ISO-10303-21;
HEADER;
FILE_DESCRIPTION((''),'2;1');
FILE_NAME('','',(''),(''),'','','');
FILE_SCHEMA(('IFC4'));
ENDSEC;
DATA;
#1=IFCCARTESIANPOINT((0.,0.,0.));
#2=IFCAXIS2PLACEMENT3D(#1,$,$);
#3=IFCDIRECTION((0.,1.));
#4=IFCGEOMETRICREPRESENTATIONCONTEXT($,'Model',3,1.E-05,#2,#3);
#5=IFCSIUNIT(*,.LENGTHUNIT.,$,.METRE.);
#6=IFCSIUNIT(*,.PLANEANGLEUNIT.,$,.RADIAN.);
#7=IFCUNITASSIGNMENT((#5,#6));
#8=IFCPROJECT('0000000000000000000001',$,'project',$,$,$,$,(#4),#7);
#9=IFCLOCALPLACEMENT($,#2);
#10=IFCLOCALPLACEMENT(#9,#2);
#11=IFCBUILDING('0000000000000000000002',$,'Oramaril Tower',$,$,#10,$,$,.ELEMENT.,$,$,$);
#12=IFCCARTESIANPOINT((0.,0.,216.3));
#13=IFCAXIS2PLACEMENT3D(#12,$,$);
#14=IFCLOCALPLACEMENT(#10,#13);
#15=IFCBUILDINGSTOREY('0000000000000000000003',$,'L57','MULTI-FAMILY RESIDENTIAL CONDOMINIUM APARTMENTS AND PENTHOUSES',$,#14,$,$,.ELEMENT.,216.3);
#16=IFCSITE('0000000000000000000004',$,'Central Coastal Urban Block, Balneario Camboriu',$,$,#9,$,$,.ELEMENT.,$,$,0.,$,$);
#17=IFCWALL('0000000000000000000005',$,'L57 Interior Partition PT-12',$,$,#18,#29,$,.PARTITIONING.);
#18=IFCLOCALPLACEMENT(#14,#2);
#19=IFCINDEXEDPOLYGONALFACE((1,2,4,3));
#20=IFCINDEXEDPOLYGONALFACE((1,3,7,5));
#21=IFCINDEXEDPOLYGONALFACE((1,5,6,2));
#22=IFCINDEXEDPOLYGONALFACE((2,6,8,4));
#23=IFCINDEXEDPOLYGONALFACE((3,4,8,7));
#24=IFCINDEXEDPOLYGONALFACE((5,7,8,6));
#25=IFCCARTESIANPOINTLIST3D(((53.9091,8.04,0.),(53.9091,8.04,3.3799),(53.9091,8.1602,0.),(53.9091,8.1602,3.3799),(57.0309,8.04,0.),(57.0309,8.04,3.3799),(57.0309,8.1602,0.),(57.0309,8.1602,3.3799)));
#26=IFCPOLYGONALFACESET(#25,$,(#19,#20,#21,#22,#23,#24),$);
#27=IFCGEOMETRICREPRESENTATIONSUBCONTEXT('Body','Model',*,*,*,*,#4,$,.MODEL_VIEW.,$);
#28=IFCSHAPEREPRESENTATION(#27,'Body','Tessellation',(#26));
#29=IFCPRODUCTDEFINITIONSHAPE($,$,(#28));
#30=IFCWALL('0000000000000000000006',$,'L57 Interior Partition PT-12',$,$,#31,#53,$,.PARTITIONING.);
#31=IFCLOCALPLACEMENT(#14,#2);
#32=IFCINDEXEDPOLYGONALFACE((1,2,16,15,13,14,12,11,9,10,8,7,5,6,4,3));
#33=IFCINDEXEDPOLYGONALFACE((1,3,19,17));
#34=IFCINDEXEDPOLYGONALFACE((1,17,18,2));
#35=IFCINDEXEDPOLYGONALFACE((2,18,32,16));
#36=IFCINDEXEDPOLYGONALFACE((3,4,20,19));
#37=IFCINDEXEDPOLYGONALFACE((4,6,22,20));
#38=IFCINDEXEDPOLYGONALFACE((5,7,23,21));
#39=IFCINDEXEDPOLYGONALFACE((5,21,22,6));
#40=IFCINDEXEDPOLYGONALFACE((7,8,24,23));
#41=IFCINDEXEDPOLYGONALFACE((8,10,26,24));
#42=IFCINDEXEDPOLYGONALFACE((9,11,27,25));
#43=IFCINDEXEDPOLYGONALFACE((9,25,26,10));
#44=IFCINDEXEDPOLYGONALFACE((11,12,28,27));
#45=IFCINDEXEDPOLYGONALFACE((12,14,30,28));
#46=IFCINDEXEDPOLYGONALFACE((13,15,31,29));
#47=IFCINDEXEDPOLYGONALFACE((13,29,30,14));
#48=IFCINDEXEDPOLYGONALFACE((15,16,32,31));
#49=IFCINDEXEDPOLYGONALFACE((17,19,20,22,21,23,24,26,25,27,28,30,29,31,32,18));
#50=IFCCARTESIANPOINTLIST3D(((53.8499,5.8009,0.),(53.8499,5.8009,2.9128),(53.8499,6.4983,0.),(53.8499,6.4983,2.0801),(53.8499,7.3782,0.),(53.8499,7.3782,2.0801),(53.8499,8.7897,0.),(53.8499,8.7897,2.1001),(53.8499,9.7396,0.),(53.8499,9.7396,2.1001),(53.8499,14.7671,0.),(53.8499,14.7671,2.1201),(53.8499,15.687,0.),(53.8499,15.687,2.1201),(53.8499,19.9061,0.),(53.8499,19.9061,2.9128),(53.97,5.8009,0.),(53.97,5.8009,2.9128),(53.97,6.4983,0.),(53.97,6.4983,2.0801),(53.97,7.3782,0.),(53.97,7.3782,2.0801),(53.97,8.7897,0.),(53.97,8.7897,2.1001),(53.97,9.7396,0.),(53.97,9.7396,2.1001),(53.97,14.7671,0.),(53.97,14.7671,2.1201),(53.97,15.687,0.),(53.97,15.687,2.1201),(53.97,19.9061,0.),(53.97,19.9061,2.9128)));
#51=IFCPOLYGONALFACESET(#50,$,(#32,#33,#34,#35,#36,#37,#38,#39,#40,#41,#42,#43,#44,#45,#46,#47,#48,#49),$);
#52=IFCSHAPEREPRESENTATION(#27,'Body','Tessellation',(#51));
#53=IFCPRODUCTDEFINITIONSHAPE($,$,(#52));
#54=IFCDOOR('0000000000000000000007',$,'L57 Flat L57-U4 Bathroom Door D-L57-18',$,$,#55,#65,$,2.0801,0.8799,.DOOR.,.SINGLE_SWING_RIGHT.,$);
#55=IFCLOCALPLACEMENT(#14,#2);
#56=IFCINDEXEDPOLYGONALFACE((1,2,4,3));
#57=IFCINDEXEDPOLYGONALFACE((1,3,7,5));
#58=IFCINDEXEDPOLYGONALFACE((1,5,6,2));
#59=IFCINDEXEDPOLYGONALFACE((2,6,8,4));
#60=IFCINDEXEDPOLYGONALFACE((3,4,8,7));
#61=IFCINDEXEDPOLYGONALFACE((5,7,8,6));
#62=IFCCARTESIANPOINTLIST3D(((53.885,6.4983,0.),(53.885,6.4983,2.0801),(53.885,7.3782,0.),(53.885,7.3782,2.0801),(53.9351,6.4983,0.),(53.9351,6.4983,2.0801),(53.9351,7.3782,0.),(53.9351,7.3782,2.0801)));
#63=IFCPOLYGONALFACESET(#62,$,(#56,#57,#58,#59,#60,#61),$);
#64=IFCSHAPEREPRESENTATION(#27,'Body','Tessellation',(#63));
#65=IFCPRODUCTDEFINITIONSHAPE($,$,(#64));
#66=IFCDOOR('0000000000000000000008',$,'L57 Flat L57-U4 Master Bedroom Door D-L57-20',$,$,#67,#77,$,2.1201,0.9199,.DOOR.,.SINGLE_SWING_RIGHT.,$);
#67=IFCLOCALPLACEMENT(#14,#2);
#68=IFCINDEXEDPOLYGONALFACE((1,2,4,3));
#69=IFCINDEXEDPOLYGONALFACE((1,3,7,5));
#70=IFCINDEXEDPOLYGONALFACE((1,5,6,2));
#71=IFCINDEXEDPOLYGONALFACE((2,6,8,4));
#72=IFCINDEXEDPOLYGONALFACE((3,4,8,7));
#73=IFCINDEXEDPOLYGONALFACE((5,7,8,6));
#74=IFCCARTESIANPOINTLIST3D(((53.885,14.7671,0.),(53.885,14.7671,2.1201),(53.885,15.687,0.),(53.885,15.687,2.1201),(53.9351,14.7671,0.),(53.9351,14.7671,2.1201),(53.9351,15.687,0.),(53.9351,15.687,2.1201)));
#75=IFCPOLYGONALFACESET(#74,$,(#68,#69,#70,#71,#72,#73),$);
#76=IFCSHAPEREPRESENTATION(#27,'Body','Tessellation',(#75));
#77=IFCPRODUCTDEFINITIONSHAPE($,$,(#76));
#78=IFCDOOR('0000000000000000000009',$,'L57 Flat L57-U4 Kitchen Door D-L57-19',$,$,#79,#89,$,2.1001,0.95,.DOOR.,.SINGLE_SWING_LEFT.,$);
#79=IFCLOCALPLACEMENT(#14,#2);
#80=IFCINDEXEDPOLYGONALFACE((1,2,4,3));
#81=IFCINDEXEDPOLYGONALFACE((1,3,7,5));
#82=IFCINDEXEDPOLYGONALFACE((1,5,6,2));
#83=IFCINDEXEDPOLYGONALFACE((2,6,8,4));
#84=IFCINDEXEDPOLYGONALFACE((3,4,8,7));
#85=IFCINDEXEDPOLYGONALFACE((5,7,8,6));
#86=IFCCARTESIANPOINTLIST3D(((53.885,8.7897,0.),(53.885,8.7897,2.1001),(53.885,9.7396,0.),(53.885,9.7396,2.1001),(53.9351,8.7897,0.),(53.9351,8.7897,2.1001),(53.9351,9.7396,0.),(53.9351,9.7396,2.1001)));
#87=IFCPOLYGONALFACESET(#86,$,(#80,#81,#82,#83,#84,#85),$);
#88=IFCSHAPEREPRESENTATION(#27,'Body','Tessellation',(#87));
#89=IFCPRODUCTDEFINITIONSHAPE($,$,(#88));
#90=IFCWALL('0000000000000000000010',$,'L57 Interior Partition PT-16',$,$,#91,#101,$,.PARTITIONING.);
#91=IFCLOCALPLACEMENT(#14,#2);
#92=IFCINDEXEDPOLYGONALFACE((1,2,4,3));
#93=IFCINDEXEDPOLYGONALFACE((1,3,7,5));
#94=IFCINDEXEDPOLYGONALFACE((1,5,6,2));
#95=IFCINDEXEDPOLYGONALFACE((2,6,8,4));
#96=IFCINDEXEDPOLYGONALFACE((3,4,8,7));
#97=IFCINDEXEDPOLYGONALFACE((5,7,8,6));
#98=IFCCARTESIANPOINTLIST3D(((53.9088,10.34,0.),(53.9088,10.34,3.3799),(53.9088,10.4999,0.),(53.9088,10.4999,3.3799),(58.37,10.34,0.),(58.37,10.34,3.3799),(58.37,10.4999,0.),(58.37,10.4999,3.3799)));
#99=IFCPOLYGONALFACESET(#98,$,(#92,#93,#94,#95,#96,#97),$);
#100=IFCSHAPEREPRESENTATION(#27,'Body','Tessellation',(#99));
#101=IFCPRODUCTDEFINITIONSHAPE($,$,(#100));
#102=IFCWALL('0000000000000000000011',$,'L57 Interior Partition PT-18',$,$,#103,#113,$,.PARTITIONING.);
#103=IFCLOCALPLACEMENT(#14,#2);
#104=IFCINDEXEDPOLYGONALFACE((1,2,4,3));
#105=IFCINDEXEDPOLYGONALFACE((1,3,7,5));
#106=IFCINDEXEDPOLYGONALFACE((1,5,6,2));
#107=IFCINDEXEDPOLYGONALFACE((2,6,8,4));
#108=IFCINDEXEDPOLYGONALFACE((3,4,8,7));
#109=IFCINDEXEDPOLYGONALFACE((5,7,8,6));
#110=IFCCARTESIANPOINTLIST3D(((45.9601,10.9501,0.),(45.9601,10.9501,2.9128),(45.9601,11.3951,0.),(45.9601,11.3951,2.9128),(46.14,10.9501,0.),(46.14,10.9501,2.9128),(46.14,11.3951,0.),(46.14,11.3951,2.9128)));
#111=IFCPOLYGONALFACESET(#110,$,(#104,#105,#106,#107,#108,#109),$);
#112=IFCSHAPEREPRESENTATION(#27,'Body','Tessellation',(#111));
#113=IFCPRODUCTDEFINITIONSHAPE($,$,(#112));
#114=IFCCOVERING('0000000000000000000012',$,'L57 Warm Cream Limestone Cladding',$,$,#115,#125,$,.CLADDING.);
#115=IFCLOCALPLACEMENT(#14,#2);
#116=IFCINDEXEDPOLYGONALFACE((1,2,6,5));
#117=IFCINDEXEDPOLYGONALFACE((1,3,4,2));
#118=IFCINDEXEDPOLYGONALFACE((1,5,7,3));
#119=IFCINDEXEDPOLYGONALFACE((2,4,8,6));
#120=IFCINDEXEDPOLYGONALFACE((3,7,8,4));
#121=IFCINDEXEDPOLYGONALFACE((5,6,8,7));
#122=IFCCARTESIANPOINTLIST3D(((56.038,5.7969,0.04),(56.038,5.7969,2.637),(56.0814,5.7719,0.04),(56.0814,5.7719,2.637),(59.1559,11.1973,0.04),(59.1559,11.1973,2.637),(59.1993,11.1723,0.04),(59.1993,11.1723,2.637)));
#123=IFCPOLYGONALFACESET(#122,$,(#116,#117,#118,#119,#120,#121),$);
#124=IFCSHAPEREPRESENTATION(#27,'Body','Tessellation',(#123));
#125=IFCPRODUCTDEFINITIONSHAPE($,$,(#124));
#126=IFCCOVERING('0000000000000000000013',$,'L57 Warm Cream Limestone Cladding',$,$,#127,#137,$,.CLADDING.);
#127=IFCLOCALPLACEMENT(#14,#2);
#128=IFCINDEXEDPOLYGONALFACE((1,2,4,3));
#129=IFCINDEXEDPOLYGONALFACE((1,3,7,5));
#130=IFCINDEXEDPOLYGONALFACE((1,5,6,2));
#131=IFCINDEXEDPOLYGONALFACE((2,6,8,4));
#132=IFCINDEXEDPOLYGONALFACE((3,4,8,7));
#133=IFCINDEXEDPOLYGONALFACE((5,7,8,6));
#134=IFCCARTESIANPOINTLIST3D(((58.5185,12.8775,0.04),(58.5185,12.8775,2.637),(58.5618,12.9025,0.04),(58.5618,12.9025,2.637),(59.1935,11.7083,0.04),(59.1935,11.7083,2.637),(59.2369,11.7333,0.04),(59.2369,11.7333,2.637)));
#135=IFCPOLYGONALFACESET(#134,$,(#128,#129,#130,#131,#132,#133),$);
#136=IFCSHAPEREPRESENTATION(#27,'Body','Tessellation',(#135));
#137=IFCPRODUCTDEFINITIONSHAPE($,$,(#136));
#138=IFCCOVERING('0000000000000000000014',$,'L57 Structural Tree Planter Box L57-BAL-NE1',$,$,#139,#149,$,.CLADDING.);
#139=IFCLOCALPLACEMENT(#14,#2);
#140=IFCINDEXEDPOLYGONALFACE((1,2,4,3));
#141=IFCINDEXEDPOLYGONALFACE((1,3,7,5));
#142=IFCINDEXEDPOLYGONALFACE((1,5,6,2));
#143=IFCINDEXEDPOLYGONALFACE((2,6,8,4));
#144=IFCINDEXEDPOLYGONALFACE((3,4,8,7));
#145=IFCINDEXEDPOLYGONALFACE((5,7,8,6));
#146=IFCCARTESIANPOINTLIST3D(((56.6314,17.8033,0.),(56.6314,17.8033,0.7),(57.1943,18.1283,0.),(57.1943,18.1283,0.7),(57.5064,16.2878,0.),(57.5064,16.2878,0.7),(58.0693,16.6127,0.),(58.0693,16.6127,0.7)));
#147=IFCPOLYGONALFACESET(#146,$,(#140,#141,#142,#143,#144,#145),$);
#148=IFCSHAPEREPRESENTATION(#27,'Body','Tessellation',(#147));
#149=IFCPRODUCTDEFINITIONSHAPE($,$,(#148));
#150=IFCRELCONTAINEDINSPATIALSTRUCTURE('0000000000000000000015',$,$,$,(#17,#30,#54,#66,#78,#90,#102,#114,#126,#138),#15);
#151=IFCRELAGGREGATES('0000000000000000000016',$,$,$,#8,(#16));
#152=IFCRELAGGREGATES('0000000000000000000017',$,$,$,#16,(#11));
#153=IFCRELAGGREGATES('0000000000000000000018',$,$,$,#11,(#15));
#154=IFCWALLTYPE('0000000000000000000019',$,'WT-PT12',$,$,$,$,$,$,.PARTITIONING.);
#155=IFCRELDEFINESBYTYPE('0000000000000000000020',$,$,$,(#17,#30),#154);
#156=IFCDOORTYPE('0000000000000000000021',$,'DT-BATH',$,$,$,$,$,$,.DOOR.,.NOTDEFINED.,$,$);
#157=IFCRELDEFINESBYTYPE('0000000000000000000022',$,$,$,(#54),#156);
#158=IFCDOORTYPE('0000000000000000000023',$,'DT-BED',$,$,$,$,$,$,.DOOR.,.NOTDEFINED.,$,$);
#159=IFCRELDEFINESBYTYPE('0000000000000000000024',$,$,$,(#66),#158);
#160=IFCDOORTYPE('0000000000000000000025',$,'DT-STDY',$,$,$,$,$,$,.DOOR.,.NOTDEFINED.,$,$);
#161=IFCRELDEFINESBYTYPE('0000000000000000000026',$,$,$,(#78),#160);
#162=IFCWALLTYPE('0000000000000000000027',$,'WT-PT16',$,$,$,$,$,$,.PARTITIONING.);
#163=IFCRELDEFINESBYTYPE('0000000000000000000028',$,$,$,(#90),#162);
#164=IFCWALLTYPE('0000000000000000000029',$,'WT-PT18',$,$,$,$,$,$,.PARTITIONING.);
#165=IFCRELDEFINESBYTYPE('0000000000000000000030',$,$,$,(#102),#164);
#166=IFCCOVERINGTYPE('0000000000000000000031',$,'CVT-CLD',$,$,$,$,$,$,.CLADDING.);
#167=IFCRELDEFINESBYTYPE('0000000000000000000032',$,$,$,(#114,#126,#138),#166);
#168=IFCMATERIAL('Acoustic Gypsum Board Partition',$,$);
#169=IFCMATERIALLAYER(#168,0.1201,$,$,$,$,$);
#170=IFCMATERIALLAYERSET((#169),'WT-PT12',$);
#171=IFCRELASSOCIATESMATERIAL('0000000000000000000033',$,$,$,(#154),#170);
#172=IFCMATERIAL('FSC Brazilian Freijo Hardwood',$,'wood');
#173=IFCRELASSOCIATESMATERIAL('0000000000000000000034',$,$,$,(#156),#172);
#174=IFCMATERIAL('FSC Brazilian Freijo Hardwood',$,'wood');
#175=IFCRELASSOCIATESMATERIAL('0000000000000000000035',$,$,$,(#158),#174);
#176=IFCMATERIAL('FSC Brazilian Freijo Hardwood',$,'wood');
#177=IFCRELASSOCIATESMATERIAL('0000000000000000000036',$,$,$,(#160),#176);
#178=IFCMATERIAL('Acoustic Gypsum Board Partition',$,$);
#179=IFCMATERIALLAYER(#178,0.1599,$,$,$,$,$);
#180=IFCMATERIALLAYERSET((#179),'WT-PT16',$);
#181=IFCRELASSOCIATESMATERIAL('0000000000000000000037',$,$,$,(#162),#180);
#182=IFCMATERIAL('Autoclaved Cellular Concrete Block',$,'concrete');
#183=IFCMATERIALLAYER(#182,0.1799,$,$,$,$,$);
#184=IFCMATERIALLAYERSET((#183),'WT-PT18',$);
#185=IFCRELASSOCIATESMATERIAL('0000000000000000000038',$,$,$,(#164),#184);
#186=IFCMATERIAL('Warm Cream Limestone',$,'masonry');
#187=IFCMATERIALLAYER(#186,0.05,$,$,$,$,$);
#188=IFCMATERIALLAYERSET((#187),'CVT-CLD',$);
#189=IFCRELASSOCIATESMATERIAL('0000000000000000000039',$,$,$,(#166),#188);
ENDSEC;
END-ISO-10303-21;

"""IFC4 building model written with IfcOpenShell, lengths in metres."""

from ifc_helpers import new_model, si_unit, direction, frame, frame_2d, origin, origin_2d, place, context, subcontext, project, spatial, rectangle, extrude, material, layer, layer_set, type_object, element, fill, save


model = new_model("IFC4")

# Units and contexts
model_context = context("Model", 3, precision=1e-05, world=origin(), true_north=direction((0.0, 1.0)))
body_context = subcontext(model_context, "Body", "Model", "MODEL_VIEW")
ifc_project = project(units=[si_unit("LENGTHUNIT", "METRE"), si_unit("PLANEANGLEUNIT", "RADIAN")], contexts=[model_context])

# Site, building, storey
site_placement = place(None, origin())
site = spatial("IfcSite", under=ifc_project, at=site_placement, Name="Central Coastal Urban Block, Balneario Camboriu", CompositionType="ELEMENT", RefElevation=0.0)
building_placement = place(site_placement, origin())
building = spatial("IfcBuilding", under=site, at=building_placement, Name="Oramaril Tower", CompositionType="ELEMENT")
storey_placement = place(building_placement, frame((0.0, 0.0, 216.3)))
storey = spatial("IfcBuildingStorey", under=building, at=storey_placement, Name="L57", Description="MULTI-FAMILY RESIDENTIAL CONDOMINIUM APARTMENTS AND PENTHOUSES", CompositionType="ELEMENT", Elevation=216.3)

# Wall
ifc_material_1 = material(Name="Acoustic Gypsum Board Partition")
ifc_layer_1 = layer(ifc_material_1, 0.1201)
ifc_layer_set_1 = layer_set([ifc_layer_1], Name="WT-PT12")
wall_type_1 = type_object("IfcWallType", Name="WT-PT12", PredefinedType="PARTITIONING", material=ifc_layer_set_1)
wall_1_placement = place(storey_placement, frame((53.9089, 8.1001, 0.0), z_axis=(0.0, 0.0, 1.0), x_axis=(1.0, 0.0, 0.0)))
element("IfcWall", 1, at=wall_1_placement, inside=storey, type_object=wall_type_1, Name="L57 Interior Partition PT-12", PredefinedType="PARTITIONING", context=body_context, shape_type="SweptSolid", body=[
    extrude(rectangle(XDim=3.1218, YDim=0.1201, at=frame_2d((1.561, 0.0))), origin(), (0.0, 0.0, 1.0), 3.3799),
])

# Wall, openings, doors
wall_2_placement = place(storey_placement, frame((53.9099, 5.8008, 0.0), z_axis=(0.0, 0.0, 1.0), x_axis=(0.0, 1.0, 0.0)))
wall_2 = element("IfcWall", 2, at=wall_2_placement, inside=storey, type_object=wall_type_1, Name="L57 Interior Partition PT-12", PredefinedType="PARTITIONING", context=body_context, shape_type="SweptSolid", body=[
    extrude(rectangle(XDim=14.1052, YDim=0.1201, at=frame_2d((7.0527, 0.0))), origin(), (0.0, 0.0, 1.0), 2.9128),
])
opening_1_placement = place(wall_2_placement, frame((0.6975, 0.0, 0.0)))
opening_1 = element("IfcOpeningElement", 3, at=opening_1_placement, cuts=wall_2, PredefinedType="OPENING", context=body_context, shape_type="SweptSolid", body=[
    extrude(rectangle(XDim=0.8799, YDim=2.0801, at=frame_2d((0.4399, 1.04))), frame((0.0, 0.0601, 0.0), z_axis=(0.0, -1.0, 0.0), x_axis=(1.0, 0.0, 0.0)), (0.0, 0.0, 1.0), 0.1201),
])
opening_2_placement = place(wall_2_placement, frame((2.9888, 0.0, 0.0)))
opening_2 = element("IfcOpeningElement", 4, at=opening_2_placement, cuts=wall_2, PredefinedType="OPENING", context=body_context, shape_type="SweptSolid", body=[
    extrude(rectangle(XDim=0.95, YDim=2.1001, at=frame_2d((0.4751, 1.05))), frame((0.0, 0.0601, 0.0), z_axis=(0.0, -1.0, 0.0), x_axis=(1.0, 0.0, 0.0)), (0.0, 0.0, 1.0), 0.1201),
])
opening_3_placement = place(wall_2_placement, frame((8.9663, 0.0, 0.0)))
opening_3 = element("IfcOpeningElement", 5, at=opening_3_placement, cuts=wall_2, PredefinedType="OPENING", context=body_context, shape_type="SweptSolid", body=[
    extrude(rectangle(XDim=0.9199, YDim=2.1201, at=frame_2d((0.46, 1.0601))), frame((0.0, 0.0601, 0.0), z_axis=(0.0, -1.0, 0.0), x_axis=(1.0, 0.0, 0.0)), (0.0, 0.0, 1.0), 0.1201),
])
ifc_material_2 = material(Name="FSC Brazilian Freijo Hardwood", Category="wood")
door_type_1 = type_object("IfcDoorType", Name="DT-BATH", OperationType="NOTDEFINED", PredefinedType="DOOR", material=ifc_material_2)
door_1_placement = place(opening_1_placement, origin())
door_1 = element("IfcDoor", 6, at=door_1_placement, inside=storey, type_object=door_type_1, Name="L57 Flat L57-U4 Bathroom Door D-L57-18", OperationType="SINGLE_SWING_RIGHT", OverallHeight=2.0801, OverallWidth=0.8799, PredefinedType="DOOR", context=body_context, shape_type="SweptSolid", body=[
    extrude(rectangle(XDim=0.8799, YDim=2.0801, at=frame_2d((0.4399, 1.04))), frame((0.0, 0.0249, 0.0), z_axis=(0.0, -1.0, 0.0), x_axis=(1.0, 0.0, 0.0)), (0.0, 0.0, 1.0), 0.05),
])
fill(opening_1, door_1)
ifc_material_3 = material(Name="FSC Brazilian Freijo Hardwood", Category="wood")
door_type_2 = type_object("IfcDoorType", Name="DT-BED", OperationType="NOTDEFINED", PredefinedType="DOOR", material=ifc_material_3)
door_2_placement = place(opening_3_placement, origin())
door_2 = element("IfcDoor", 7, at=door_2_placement, inside=storey, type_object=door_type_2, Name="L57 Flat L57-U4 Master Bedroom Door D-L57-20", OperationType="SINGLE_SWING_RIGHT", OverallHeight=2.1201, OverallWidth=0.9199, PredefinedType="DOOR", context=body_context, shape_type="SweptSolid", body=[
    extrude(rectangle(XDim=0.9199, YDim=2.1201, at=frame_2d((0.46, 1.0601))), frame((0.0, 0.0249, 0.0), z_axis=(0.0, -1.0, 0.0), x_axis=(1.0, 0.0, 0.0)), (0.0, 0.0, 1.0), 0.05),
])
fill(opening_3, door_2)
ifc_material_4 = material(Name="FSC Brazilian Freijo Hardwood", Category="wood")
door_type_3 = type_object("IfcDoorType", Name="DT-STDY", OperationType="NOTDEFINED", PredefinedType="DOOR", material=ifc_material_4)
door_3_placement = place(opening_2_placement, origin())
door_3 = element("IfcDoor", 8, at=door_3_placement, inside=storey, type_object=door_type_3, Name="L57 Flat L57-U4 Kitchen Door D-L57-19", OperationType="SINGLE_SWING_LEFT", OverallHeight=2.1001, OverallWidth=0.95, PredefinedType="DOOR", context=body_context, shape_type="SweptSolid", body=[
    extrude(rectangle(XDim=0.95, YDim=2.1001, at=frame_2d((0.4751, 1.05))), frame((0.0, 0.0249, 0.0), z_axis=(0.0, -1.0, 0.0), x_axis=(1.0, 0.0, 0.0)), (0.0, 0.0, 1.0), 0.05),
])
fill(opening_2, door_3)

# Walls
ifc_material_5 = material(Name="Acoustic Gypsum Board Partition")
ifc_layer_2 = layer(ifc_material_5, 0.1599)
ifc_layer_set_2 = layer_set([ifc_layer_2], Name="WT-PT16")
wall_type_2 = type_object("IfcWallType", Name="WT-PT16", PredefinedType="PARTITIONING", material=ifc_layer_set_2)
wall_3_placement = place(storey_placement, frame((53.9089, 10.4199, 0.0), z_axis=(0.0, 0.0, 1.0), x_axis=(1.0, 0.0, 0.0)))
element("IfcWall", 9, at=wall_3_placement, inside=storey, type_object=wall_type_2, Name="L57 Interior Partition PT-16", PredefinedType="PARTITIONING", context=body_context, shape_type="SweptSolid", body=[
    extrude(rectangle(XDim=4.4612, YDim=0.1599, at=frame_2d((2.2305, 0.0))), origin(), (0.0, 0.0, 1.0), 3.3799),
])
ifc_material_6 = material(Name="Autoclaved Cellular Concrete Block", Category="concrete")
ifc_layer_3 = layer(ifc_material_6, 0.1799)
ifc_layer_set_3 = layer_set([ifc_layer_3], Name="WT-PT18")
wall_type_3 = type_object("IfcWallType", Name="WT-PT18", PredefinedType="PARTITIONING", material=ifc_layer_set_3)
wall_4_placement = place(storey_placement, frame((46.05, 10.95, 0.0), z_axis=(0.0, 0.0, 1.0), x_axis=(0.0, 1.0, 0.0)))
element("IfcWall", 10, at=wall_4_placement, inside=storey, type_object=wall_type_3, Name="L57 Interior Partition PT-18", PredefinedType="PARTITIONING", context=body_context, shape_type="SweptSolid", body=[
    extrude(rectangle(XDim=0.4451, YDim=0.1799, at=frame_2d((0.2227, 0.0))), origin(), (0.0, 0.0, 1.0), 2.9128),
])

# Coverings
ifc_material_7 = material(Name="Warm Cream Limestone", Category="masonry")
ifc_layer_4 = layer(ifc_material_7, 0.05)
ifc_layer_set_4 = layer_set([ifc_layer_4], Name="CVT-CLD")
covering_type = type_object("IfcCoveringType", Name="CVT-CLD", PredefinedType="CLADDING", material=ifc_layer_set_4)
covering_1_placement = place(storey_placement, frame((57.6187, 8.4846, 0.04), z_axis=(0.0, 0.0, 1.0), x_axis=(0.499992, 0.86603, 0.0)))
element("IfcCovering", 11, at=covering_1_placement, inside=storey, type_object=covering_type, Name="L57 Warm Cream Limestone Cladding", PredefinedType="CLADDING", context=body_context, shape_type="SweptSolid", body=[
    extrude(rectangle(XDim=6.2358, YDim=0.05, at=origin_2d()), origin(), (0.0, 0.0, 1.0), 2.5969),
])
covering_2_placement = place(storey_placement, frame((58.8777, 12.3054, 0.04), z_axis=(0.0, 0.0, 1.0), x_axis=(-0.500002, 0.866025, 0.0)))
element("IfcCovering", 12, at=covering_2_placement, inside=storey, type_object=covering_type, Name="L57 Warm Cream Limestone Cladding", PredefinedType="CLADDING", context=body_context, shape_type="SweptSolid", body=[
    extrude(rectangle(XDim=1.3501, YDim=0.05, at=origin_2d()), origin(), (0.0, 0.0, 1.0), 2.5969),
])
covering_3_placement = place(storey_placement, frame((57.3503, 17.208, 0.0), z_axis=(0.0, 0.0, 1.0), x_axis=(-0.500002, 0.866025, 0.0)))
element("IfcCovering", 13, at=covering_3_placement, inside=storey, type_object=covering_type, Name="L57 Structural Tree Planter Box L57-BAL-NE1", PredefinedType="CLADDING", context=body_context, shape_type="SweptSolid", body=[
    extrude(rectangle(XDim=1.75, YDim=0.6499, at=origin_2d()), origin(), (0.0, 0.0, 1.0), 0.7),
])

save(model, "model.ifc")
